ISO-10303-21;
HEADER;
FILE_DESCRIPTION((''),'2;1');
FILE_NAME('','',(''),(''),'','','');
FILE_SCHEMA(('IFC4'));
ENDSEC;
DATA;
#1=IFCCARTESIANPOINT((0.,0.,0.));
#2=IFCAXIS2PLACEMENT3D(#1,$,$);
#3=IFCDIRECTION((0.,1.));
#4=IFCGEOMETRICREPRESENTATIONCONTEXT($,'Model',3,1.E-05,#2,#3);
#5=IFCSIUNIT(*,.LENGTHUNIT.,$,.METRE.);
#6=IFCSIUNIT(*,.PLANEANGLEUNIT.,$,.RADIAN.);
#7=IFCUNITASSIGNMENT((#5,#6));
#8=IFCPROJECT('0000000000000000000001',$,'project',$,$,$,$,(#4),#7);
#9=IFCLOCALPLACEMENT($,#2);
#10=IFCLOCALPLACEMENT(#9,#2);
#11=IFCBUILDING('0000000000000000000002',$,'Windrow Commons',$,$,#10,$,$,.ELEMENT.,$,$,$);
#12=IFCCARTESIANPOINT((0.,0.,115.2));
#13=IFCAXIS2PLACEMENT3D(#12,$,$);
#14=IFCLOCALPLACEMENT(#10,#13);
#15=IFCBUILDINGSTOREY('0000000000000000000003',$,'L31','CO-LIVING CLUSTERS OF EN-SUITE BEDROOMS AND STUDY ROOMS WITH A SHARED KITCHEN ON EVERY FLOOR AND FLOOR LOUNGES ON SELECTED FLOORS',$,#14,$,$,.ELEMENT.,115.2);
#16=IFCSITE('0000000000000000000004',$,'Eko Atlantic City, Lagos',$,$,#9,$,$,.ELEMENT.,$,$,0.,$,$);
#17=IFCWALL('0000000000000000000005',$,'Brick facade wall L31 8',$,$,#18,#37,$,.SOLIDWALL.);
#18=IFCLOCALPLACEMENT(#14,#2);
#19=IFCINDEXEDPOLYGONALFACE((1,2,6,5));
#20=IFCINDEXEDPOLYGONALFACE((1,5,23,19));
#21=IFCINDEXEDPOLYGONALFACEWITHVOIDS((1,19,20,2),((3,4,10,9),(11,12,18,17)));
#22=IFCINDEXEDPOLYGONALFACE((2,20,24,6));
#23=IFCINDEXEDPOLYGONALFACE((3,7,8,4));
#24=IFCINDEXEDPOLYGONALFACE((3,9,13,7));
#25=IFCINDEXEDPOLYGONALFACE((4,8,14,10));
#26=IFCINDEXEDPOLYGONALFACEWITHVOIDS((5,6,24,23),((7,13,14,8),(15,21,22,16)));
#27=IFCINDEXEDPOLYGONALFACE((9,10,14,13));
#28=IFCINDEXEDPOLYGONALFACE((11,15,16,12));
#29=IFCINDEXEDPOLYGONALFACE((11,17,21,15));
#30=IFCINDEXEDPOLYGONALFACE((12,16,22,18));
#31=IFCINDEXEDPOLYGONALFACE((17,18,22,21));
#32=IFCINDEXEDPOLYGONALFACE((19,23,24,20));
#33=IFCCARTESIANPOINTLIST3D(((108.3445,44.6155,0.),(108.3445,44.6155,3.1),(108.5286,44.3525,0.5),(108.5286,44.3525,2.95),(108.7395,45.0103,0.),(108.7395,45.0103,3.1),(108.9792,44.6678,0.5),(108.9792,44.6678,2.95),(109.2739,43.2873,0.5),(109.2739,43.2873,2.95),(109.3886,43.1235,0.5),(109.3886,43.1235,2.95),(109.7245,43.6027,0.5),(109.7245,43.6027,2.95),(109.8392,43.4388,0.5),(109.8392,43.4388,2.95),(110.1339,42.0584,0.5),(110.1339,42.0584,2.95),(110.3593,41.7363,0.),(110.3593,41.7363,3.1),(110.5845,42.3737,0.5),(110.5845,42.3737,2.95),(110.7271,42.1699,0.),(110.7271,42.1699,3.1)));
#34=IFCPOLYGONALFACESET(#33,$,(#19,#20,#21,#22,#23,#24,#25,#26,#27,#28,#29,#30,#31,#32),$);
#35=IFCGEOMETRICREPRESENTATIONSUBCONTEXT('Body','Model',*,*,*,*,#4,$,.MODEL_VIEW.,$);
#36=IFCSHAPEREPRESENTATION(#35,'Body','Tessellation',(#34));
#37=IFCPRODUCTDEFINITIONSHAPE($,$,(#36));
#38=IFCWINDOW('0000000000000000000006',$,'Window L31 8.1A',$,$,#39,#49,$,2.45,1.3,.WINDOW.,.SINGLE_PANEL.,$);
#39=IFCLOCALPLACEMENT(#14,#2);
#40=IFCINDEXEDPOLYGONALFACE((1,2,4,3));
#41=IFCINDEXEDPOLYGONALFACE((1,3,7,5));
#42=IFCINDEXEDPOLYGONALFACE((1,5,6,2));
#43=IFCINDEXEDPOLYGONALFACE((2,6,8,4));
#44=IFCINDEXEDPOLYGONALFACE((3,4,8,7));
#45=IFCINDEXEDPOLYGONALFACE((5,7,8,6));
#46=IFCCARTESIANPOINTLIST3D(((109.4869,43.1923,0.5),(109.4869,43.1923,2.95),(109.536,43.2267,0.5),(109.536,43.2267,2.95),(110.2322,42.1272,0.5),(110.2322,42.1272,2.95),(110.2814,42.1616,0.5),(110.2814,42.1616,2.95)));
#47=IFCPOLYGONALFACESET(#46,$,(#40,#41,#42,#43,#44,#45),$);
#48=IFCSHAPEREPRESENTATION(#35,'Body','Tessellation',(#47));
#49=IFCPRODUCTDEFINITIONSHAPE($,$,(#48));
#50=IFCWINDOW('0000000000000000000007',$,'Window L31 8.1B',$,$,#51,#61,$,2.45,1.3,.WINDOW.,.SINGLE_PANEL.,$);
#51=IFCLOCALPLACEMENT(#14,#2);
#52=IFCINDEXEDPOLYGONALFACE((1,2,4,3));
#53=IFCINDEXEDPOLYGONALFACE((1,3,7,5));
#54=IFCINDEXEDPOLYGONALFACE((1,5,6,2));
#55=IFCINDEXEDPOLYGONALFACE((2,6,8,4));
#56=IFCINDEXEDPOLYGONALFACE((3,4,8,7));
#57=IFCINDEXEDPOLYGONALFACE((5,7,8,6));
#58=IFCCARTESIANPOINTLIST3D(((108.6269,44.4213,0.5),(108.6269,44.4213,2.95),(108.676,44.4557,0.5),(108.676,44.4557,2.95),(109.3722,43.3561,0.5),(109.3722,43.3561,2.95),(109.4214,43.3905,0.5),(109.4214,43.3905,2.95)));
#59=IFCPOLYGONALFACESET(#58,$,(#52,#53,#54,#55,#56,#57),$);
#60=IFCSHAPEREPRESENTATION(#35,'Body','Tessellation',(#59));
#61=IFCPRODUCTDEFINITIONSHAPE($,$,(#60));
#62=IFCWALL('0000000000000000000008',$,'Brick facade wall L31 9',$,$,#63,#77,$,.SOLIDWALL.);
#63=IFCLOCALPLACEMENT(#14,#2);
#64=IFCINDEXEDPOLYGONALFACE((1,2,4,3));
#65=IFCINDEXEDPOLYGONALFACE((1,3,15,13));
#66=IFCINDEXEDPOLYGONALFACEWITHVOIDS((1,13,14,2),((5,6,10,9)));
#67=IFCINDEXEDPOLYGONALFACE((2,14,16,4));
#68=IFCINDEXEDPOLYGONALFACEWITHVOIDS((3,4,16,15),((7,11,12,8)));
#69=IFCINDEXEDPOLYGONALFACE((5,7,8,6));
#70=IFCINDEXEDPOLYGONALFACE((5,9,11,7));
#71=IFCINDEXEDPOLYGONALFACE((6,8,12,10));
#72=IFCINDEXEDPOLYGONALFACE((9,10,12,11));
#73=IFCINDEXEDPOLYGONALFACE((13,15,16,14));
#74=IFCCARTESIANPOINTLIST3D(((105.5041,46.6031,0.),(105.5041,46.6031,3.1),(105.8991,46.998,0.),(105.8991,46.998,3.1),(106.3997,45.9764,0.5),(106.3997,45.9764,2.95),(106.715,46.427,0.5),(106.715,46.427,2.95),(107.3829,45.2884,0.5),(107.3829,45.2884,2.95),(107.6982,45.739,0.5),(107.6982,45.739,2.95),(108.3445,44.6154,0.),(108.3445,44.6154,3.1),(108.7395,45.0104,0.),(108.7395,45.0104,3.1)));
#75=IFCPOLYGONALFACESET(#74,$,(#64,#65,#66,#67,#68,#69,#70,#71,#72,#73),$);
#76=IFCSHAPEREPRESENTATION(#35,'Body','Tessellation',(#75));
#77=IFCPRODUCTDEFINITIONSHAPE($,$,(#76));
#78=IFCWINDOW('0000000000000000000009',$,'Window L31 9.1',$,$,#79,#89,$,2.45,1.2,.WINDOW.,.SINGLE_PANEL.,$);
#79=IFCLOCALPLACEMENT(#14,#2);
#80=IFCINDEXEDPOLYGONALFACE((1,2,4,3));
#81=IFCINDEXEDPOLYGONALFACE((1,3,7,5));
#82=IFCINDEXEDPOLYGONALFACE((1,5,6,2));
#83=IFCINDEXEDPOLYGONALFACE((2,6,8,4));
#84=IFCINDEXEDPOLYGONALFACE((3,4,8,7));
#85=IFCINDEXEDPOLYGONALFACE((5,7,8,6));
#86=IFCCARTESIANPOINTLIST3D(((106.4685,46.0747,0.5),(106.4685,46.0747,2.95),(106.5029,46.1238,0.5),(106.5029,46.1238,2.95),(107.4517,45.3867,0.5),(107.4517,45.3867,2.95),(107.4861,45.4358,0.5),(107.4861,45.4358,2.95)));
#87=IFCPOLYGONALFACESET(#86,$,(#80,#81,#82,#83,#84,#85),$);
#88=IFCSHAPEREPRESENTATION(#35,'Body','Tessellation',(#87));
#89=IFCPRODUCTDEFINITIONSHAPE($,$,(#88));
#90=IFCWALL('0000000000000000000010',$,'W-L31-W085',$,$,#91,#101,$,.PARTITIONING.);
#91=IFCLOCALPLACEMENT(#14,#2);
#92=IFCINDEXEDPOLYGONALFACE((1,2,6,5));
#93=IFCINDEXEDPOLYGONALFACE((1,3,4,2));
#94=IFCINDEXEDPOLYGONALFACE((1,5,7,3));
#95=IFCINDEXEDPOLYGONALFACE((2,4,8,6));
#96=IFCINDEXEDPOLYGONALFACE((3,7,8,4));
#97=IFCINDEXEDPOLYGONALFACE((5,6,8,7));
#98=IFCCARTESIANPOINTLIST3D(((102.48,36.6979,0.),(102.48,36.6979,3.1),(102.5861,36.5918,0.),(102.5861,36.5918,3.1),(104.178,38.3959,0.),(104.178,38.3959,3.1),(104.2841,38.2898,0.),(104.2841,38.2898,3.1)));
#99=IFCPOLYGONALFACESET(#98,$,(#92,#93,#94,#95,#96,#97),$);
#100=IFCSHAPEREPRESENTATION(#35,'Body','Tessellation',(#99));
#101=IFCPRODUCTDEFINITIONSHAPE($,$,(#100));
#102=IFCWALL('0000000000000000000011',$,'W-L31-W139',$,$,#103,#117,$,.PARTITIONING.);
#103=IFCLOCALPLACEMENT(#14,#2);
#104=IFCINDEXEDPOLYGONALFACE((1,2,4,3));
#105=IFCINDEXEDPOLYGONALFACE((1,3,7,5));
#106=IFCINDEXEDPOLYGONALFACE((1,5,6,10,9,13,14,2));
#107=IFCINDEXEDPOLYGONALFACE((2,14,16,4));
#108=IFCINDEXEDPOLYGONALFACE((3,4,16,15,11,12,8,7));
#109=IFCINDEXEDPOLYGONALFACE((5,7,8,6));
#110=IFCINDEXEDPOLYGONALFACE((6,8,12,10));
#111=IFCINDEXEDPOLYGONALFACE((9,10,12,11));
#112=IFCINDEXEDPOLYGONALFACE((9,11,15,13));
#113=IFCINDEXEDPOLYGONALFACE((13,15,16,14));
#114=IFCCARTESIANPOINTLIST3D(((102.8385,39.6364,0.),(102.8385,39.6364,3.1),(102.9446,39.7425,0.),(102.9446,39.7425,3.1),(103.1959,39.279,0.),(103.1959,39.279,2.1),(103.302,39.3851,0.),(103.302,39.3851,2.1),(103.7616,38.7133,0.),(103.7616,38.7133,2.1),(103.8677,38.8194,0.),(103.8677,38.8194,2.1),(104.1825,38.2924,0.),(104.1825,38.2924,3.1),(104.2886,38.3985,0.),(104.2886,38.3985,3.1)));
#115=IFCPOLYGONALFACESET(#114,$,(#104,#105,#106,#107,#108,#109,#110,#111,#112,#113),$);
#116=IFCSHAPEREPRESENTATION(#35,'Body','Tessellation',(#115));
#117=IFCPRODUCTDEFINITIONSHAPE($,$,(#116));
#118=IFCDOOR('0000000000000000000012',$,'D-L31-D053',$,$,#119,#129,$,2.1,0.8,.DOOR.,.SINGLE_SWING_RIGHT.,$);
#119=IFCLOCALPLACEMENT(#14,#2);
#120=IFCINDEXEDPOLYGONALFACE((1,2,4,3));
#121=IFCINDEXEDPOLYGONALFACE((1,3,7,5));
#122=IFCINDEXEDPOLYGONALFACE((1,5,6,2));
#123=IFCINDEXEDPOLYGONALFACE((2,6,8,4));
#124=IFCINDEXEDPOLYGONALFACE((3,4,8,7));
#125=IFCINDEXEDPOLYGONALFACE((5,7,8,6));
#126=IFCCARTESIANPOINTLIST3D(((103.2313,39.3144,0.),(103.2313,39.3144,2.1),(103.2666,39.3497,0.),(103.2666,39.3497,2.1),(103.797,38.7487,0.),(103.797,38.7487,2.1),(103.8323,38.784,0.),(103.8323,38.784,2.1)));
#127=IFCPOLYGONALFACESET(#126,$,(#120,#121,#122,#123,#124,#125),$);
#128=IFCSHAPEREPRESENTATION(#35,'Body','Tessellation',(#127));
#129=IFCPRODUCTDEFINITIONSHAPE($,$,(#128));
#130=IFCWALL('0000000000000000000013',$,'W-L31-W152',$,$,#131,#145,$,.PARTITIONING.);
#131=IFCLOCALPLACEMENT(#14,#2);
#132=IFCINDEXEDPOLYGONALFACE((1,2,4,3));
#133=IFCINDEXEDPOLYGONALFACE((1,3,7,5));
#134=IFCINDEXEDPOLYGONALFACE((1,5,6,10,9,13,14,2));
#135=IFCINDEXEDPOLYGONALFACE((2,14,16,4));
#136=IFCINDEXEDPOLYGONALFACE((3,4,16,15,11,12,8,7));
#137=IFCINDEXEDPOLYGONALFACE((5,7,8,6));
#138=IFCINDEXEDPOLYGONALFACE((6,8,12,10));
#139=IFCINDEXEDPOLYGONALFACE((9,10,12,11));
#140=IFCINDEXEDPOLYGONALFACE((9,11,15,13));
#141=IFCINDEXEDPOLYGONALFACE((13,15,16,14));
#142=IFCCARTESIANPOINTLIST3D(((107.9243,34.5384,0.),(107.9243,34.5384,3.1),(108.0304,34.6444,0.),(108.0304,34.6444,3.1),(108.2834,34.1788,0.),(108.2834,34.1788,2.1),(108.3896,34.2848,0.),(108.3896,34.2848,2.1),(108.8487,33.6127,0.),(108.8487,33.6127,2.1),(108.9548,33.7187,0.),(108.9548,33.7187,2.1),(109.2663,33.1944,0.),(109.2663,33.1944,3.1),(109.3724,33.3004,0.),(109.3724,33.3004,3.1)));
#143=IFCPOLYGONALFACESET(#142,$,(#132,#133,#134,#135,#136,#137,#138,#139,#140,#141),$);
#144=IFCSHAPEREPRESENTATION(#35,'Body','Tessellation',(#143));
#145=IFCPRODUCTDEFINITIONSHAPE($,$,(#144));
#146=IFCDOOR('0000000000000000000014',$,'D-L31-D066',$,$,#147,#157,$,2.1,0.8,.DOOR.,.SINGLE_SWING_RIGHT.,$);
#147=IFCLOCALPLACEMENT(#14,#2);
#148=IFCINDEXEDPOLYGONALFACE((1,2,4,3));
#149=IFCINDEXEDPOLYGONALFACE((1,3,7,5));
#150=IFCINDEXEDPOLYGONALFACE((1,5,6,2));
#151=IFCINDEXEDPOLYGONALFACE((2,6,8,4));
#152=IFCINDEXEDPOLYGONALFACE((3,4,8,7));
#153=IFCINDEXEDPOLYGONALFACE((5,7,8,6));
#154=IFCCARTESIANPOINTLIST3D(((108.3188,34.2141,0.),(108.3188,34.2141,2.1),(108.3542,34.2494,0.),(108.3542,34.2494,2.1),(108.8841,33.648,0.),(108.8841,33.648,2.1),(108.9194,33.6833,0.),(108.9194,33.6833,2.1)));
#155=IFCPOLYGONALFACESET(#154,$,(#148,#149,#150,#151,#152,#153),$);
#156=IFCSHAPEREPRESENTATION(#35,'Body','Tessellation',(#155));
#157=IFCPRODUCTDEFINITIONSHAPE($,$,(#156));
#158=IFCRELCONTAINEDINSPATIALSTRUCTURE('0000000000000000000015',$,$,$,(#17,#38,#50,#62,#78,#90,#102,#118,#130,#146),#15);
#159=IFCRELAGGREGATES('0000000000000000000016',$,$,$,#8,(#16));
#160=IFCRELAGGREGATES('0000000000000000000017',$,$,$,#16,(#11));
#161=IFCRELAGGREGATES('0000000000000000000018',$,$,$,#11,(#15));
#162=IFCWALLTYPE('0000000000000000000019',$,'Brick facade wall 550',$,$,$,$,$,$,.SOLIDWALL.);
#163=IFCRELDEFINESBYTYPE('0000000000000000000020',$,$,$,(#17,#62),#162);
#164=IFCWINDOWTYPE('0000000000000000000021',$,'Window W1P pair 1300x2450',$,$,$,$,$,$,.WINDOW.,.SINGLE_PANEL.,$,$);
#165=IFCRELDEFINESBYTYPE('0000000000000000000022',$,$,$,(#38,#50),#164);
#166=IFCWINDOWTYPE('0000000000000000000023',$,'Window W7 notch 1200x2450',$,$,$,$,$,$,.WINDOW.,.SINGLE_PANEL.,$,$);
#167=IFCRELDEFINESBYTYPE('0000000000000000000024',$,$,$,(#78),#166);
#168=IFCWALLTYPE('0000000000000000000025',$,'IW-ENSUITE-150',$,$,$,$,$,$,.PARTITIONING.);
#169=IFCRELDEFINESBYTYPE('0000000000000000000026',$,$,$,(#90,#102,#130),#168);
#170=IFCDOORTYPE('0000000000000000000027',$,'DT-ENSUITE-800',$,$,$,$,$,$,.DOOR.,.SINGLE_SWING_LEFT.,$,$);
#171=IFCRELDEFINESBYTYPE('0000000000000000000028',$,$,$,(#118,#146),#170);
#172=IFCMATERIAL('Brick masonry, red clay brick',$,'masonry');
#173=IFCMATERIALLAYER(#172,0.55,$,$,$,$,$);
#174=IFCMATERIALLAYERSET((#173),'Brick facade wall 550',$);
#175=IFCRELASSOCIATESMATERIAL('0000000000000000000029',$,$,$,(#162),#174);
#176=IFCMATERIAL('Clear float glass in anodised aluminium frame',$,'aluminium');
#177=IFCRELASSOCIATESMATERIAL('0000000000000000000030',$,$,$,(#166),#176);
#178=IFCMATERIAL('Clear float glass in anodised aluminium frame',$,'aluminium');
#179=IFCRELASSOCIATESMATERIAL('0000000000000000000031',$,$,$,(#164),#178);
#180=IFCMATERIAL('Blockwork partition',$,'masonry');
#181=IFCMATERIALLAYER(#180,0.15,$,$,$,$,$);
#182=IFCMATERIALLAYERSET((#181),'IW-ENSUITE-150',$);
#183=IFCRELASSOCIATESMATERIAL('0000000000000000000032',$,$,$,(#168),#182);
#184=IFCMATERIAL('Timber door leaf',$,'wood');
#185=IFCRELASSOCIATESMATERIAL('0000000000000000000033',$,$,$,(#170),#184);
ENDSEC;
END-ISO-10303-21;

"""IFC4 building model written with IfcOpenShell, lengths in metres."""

from ifc_helpers import new_model, si_unit, direction, frame, frame_2d, origin, place, context, subcontext, project, spatial, polyline, rectangle, outline, extrude, material, layer, layer_set, type_object, element, fill, save


model = new_model("IFC4")

# Units and contexts
model_context = context("Model", 3, precision=1e-05, world=origin(), true_north=direction((0.0, 1.0)))
body_context = subcontext(model_context, "Body", "Model", "MODEL_VIEW")
ifc_project = project(units=[si_unit("LENGTHUNIT", "METRE"), si_unit("PLANEANGLEUNIT", "RADIAN")], contexts=[model_context])

# Site, building, storey
site_placement = place(None, origin())
site = spatial("IfcSite", under=ifc_project, at=site_placement, Name="Eko Atlantic City, Lagos", CompositionType="ELEMENT", RefElevation=0.0)
building_placement = place(site_placement, origin())
building = spatial("IfcBuilding", under=site, at=building_placement, Name="Windrow Commons", CompositionType="ELEMENT")
storey_placement = place(building_placement, frame((0.0, 0.0, 115.2)))
storey = spatial("IfcBuildingStorey", under=building, at=storey_placement, Name="L31", Description="CO-LIVING CLUSTERS OF EN-SUITE BEDROOMS AND STUDY ROOMS WITH A SHARED KITCHEN ON EVERY FLOOR AND FLOOR LOUNGES ON SELECTED FLOORS", CompositionType="ELEMENT", Elevation=115.2)

# Shared definitions
ifc_material_1 = material(Name="Brick masonry, red clay brick", Category="masonry")
ifc_layer_1 = layer(ifc_material_1, 0.55)
ifc_layer_set_1 = layer_set([ifc_layer_1], Name="Brick facade wall 550")
wall_type_1 = type_object("IfcWallType", Name="Brick facade wall 550", PredefinedType="SOLIDWALL", material=ifc_layer_set_1)

# Shared definitions
ifc_material_2 = material(Name="Clear float glass in anodised aluminium frame", Category="aluminium")
window_type_1 = type_object("IfcWindowType", Name="Window W7 notch 1200x2450", PartitioningType="SINGLE_PANEL", PredefinedType="WINDOW", material=ifc_material_2)

# Wall, openings, windows
wall_1_placement = place(storey_placement, frame((110.5432, 41.9531, 0.0), z_axis=(0.0, 0.0, 1.0), x_axis=(-0.573335, 0.819321, 0.0)))
wall_1 = element("IfcWall", 1, at=wall_1_placement, inside=storey, type_object=wall_type_1, Name="Brick facade wall L31 8", PredefinedType="SOLIDWALL", context=body_context, shape_type="SweptSolid", body=[
    extrude(outline(polyline([(0.0722, -0.275), (3.539, -0.275), (3.4419, 0.275), (-0.0722, 0.275), (0.0722, -0.275)])), origin(), (0.0, 0.0, 1.0), 3.1),
])
opening_1_placement = place(wall_1_placement, frame((0.3209, 0.0, 0.5)))
opening_1 = element("IfcOpeningElement", 2, at=opening_1_placement, cuts=wall_1, PredefinedType="OPENING", context=body_context, shape_type="SweptSolid", body=[
    extrude(rectangle(XDim=1.3, YDim=2.45, at=frame_2d((0.65, 1.225))), frame((0.0, 0.285, 0.0), z_axis=(0.0, -1.0, 0.0), x_axis=(1.0, 0.0, 0.0)), (0.0, 0.0, 1.0), 0.57),
])
opening_2_placement = place(wall_1_placement, frame((1.8209, 0.0, 0.5)))
opening_2 = element("IfcOpeningElement", 3, at=opening_2_placement, cuts=wall_1, PredefinedType="OPENING", context=body_context, shape_type="SweptSolid", body=[
    extrude(rectangle(XDim=1.3, YDim=2.45, at=frame_2d((0.65, 1.225))), frame((0.0, 0.285, 0.0), z_axis=(0.0, -1.0, 0.0), x_axis=(1.0, 0.0, 0.0)), (0.0, 0.0, 1.0), 0.57),
])
ifc_material_3 = material(Name="Clear float glass in anodised aluminium frame", Category="aluminium")
window_type_2 = type_object("IfcWindowType", Name="Window W1P pair 1300x2450", PartitioningType="SINGLE_PANEL", PredefinedType="WINDOW", material=ifc_material_3)
window_1_placement = place(opening_1_placement, origin())
window_1 = element("IfcWindow", 4, at=window_1_placement, inside=storey, type_object=window_type_2, Name="Window L31 8.1A", OverallHeight=2.45, OverallWidth=1.3, PartitioningType="SINGLE_PANEL", PredefinedType="WINDOW", context=body_context, shape_type="SweptSolid", body=[
    extrude(rectangle(XDim=1.3, YDim=2.45, at=frame_2d((0.65, 1.225))), frame((0.0, 0.155, 0.0), z_axis=(0.0, -1.0, 0.0), x_axis=(1.0, 0.0, 0.0)), (0.0, 0.0, 1.0), 0.06),
])
fill(opening_1, window_1)
window_2_placement = place(opening_2_placement, origin())
window_2 = element("IfcWindow", 5, at=window_2_placement, inside=storey, type_object=window_type_2, Name="Window L31 8.1B", OverallHeight=2.45, OverallWidth=1.3, PartitioningType="SINGLE_PANEL", PredefinedType="WINDOW", context=body_context, shape_type="SweptSolid", body=[
    extrude(rectangle(XDim=1.3, YDim=2.45, at=frame_2d((0.65, 1.225))), frame((0.0, 0.155, 0.0), z_axis=(0.0, -1.0, 0.0), x_axis=(1.0, 0.0, 0.0)), (0.0, 0.0, 1.0), 0.06),
])
fill(opening_2, window_2)

# Wall, opening, window
wall_2_placement = place(storey_placement, frame((108.542, 44.8129, 0.0), z_axis=(0.0, 0.0, 1.0), x_axis=(-0.819324, 0.573331, 0.0)))
wall_2 = element("IfcWall", 6, at=wall_2_placement, inside=storey, type_object=wall_type_1, Name="Brick facade wall L31 9", PredefinedType="SOLIDWALL", context=body_context, shape_type="SweptSolid", body=[
    extrude(outline(polyline([(-0.0486, -0.275), (3.4182, -0.275), (3.5154, 0.275), (0.0486, 0.275), (-0.0486, -0.275)])), origin(), (0.0, 0.0, 1.0), 3.1),
])
opening_3_placement = place(wall_2_placement, frame((1.2223, 0.0, 0.5)))
opening_3 = element("IfcOpeningElement", 7, at=opening_3_placement, cuts=wall_2, PredefinedType="OPENING", context=body_context, shape_type="SweptSolid", body=[
    extrude(rectangle(XDim=1.2, YDim=2.45, at=frame_2d((0.6, 1.225))), frame((0.0, 0.285, 0.0), z_axis=(0.0, -1.0, 0.0), x_axis=(1.0, 0.0, 0.0)), (0.0, 0.0, 1.0), 0.57),
])
window_3_placement = place(opening_3_placement, origin())
window_3 = element("IfcWindow", 8, at=window_3_placement, inside=storey, type_object=window_type_1, Name="Window L31 9.1", OverallHeight=2.45, OverallWidth=1.2, PartitioningType="SINGLE_PANEL", PredefinedType="WINDOW", context=body_context, shape_type="SweptSolid", body=[
    extrude(rectangle(XDim=1.2, YDim=2.45, at=frame_2d((0.6, 1.225))), frame((0.0, 0.155, 0.0), z_axis=(0.0, -1.0, 0.0), x_axis=(1.0, 0.0, 0.0)), (0.0, 0.0, 1.0), 0.06),
])
fill(opening_3, window_3)

# Wall
ifc_material_4 = material(Name="Blockwork partition", Category="masonry")
ifc_layer_2 = layer(ifc_material_4, 0.15)
ifc_layer_set_2 = layer_set([ifc_layer_2], Name="IW-ENSUITE-150")
wall_type_2 = type_object("IfcWallType", Name="IW-ENSUITE-150", PredefinedType="PARTITIONING", material=ifc_layer_set_2)
wall_3_placement = place(storey_placement, frame((102.5331, 36.6449, 0.0), z_axis=(0.0, 0.0, 1.0), x_axis=(0.707107, 0.707107, 0.0)))
element("IfcWall", 9, at=wall_3_placement, inside=storey, type_object=wall_type_2, Name="W-L31-W085", PredefinedType="PARTITIONING", context=body_context, shape_type="SweptSolid", body=[
    extrude(rectangle(XDim=2.4013, YDim=0.15, at=frame_2d((1.2006, 0.0))), origin(), (0.0, 0.0, 1.0), 3.1),
])

# Walls, openings, doors
wall_4_placement = place(storey_placement, frame((102.8915, 39.6895, 0.0), z_axis=(0.0, 0.0, 1.0), x_axis=(0.707107, -0.707107, 0.0)))
wall_4 = element("IfcWall", 10, at=wall_4_placement, inside=storey, type_object=wall_type_2, Name="W-L31-W139", PredefinedType="PARTITIONING", context=body_context, shape_type="SweptSolid", body=[
    extrude(rectangle(XDim=1.9007, YDim=0.15, at=frame_2d((0.9504, 0.0))), origin(), (0.0, 0.0, 1.0), 3.1),
])
opening_4_placement = place(wall_4_placement, frame((0.5055, 0.0, 0.0)))
opening_4 = element("IfcOpeningElement", 11, at=opening_4_placement, cuts=wall_4, PredefinedType="OPENING", context=body_context, shape_type="SweptSolid", body=[
    extrude(rectangle(XDim=0.8, YDim=2.1, at=frame_2d((0.4, 1.05))), frame((0.0, 0.085, 0.0), z_axis=(0.0, -1.0, 0.0), x_axis=(1.0, 0.0, 0.0)), (0.0, 0.0, 1.0), 0.17),
])
ifc_material_5 = material(Name="Timber door leaf", Category="wood")
door_type = type_object("IfcDoorType", Name="DT-ENSUITE-800", OperationType="SINGLE_SWING_LEFT", PredefinedType="DOOR", material=ifc_material_5)
door_1_placement = place(opening_4_placement, origin())
door_1 = element("IfcDoor", 12, at=door_1_placement, inside=storey, type_object=door_type, Name="D-L31-D053", OperationType="SINGLE_SWING_RIGHT", OverallHeight=2.1, OverallWidth=0.8, PredefinedType="DOOR", context=body_context, shape_type="SweptSolid", body=[
    extrude(rectangle(XDim=0.8, YDim=2.1, at=frame_2d((0.4, 1.05))), frame((0.0, 0.025, 0.0), z_axis=(0.0, -1.0, 0.0), x_axis=(1.0, 0.0, 0.0)), (0.0, 0.0, 1.0), 0.05),
])
fill(opening_4, door_1)
wall_5_placement = place(storey_placement, frame((107.9774, 34.5914, 0.0), z_axis=(0.0, 0.0, 1.0), x_axis=(0.70658, -0.707633, 0.0)))
wall_5 = element("IfcWall", 13, at=wall_5_placement, inside=storey, type_object=wall_type_2, Name="W-L31-W152", PredefinedType="PARTITIONING", context=body_context, shape_type="SweptSolid", body=[
    extrude(rectangle(XDim=1.8993, YDim=0.15, at=frame_2d((0.9496, 0.0))), origin(), (0.0, 0.0, 1.0), 3.1),
])
opening_5_placement = place(wall_5_placement, frame((0.5082, 0.0, 0.0)))
opening_5 = element("IfcOpeningElement", 14, at=opening_5_placement, cuts=wall_5, PredefinedType="OPENING", context=body_context, shape_type="SweptSolid", body=[
    extrude(rectangle(XDim=0.8, YDim=2.1, at=frame_2d((0.4, 1.05))), frame((0.0, 0.085, 0.0), z_axis=(0.0, -1.0, 0.0), x_axis=(1.0, 0.0, 0.0)), (0.0, 0.0, 1.0), 0.17),
])
door_2_placement = place(opening_5_placement, origin())
door_2 = element("IfcDoor", 15, at=door_2_placement, inside=storey, type_object=door_type, Name="D-L31-D066", OperationType="SINGLE_SWING_RIGHT", OverallHeight=2.1, OverallWidth=0.8, PredefinedType="DOOR", context=body_context, shape_type="SweptSolid", body=[
    extrude(rectangle(XDim=0.8, YDim=2.1, at=frame_2d((0.4, 1.05))), frame((0.0, 0.025, 0.0), z_axis=(0.0, -1.0, 0.0), x_axis=(1.0, 0.0, 0.0)), (0.0, 0.0, 1.0), 0.05),
])
fill(opening_5, door_2)

save(model, "model.ifc")
